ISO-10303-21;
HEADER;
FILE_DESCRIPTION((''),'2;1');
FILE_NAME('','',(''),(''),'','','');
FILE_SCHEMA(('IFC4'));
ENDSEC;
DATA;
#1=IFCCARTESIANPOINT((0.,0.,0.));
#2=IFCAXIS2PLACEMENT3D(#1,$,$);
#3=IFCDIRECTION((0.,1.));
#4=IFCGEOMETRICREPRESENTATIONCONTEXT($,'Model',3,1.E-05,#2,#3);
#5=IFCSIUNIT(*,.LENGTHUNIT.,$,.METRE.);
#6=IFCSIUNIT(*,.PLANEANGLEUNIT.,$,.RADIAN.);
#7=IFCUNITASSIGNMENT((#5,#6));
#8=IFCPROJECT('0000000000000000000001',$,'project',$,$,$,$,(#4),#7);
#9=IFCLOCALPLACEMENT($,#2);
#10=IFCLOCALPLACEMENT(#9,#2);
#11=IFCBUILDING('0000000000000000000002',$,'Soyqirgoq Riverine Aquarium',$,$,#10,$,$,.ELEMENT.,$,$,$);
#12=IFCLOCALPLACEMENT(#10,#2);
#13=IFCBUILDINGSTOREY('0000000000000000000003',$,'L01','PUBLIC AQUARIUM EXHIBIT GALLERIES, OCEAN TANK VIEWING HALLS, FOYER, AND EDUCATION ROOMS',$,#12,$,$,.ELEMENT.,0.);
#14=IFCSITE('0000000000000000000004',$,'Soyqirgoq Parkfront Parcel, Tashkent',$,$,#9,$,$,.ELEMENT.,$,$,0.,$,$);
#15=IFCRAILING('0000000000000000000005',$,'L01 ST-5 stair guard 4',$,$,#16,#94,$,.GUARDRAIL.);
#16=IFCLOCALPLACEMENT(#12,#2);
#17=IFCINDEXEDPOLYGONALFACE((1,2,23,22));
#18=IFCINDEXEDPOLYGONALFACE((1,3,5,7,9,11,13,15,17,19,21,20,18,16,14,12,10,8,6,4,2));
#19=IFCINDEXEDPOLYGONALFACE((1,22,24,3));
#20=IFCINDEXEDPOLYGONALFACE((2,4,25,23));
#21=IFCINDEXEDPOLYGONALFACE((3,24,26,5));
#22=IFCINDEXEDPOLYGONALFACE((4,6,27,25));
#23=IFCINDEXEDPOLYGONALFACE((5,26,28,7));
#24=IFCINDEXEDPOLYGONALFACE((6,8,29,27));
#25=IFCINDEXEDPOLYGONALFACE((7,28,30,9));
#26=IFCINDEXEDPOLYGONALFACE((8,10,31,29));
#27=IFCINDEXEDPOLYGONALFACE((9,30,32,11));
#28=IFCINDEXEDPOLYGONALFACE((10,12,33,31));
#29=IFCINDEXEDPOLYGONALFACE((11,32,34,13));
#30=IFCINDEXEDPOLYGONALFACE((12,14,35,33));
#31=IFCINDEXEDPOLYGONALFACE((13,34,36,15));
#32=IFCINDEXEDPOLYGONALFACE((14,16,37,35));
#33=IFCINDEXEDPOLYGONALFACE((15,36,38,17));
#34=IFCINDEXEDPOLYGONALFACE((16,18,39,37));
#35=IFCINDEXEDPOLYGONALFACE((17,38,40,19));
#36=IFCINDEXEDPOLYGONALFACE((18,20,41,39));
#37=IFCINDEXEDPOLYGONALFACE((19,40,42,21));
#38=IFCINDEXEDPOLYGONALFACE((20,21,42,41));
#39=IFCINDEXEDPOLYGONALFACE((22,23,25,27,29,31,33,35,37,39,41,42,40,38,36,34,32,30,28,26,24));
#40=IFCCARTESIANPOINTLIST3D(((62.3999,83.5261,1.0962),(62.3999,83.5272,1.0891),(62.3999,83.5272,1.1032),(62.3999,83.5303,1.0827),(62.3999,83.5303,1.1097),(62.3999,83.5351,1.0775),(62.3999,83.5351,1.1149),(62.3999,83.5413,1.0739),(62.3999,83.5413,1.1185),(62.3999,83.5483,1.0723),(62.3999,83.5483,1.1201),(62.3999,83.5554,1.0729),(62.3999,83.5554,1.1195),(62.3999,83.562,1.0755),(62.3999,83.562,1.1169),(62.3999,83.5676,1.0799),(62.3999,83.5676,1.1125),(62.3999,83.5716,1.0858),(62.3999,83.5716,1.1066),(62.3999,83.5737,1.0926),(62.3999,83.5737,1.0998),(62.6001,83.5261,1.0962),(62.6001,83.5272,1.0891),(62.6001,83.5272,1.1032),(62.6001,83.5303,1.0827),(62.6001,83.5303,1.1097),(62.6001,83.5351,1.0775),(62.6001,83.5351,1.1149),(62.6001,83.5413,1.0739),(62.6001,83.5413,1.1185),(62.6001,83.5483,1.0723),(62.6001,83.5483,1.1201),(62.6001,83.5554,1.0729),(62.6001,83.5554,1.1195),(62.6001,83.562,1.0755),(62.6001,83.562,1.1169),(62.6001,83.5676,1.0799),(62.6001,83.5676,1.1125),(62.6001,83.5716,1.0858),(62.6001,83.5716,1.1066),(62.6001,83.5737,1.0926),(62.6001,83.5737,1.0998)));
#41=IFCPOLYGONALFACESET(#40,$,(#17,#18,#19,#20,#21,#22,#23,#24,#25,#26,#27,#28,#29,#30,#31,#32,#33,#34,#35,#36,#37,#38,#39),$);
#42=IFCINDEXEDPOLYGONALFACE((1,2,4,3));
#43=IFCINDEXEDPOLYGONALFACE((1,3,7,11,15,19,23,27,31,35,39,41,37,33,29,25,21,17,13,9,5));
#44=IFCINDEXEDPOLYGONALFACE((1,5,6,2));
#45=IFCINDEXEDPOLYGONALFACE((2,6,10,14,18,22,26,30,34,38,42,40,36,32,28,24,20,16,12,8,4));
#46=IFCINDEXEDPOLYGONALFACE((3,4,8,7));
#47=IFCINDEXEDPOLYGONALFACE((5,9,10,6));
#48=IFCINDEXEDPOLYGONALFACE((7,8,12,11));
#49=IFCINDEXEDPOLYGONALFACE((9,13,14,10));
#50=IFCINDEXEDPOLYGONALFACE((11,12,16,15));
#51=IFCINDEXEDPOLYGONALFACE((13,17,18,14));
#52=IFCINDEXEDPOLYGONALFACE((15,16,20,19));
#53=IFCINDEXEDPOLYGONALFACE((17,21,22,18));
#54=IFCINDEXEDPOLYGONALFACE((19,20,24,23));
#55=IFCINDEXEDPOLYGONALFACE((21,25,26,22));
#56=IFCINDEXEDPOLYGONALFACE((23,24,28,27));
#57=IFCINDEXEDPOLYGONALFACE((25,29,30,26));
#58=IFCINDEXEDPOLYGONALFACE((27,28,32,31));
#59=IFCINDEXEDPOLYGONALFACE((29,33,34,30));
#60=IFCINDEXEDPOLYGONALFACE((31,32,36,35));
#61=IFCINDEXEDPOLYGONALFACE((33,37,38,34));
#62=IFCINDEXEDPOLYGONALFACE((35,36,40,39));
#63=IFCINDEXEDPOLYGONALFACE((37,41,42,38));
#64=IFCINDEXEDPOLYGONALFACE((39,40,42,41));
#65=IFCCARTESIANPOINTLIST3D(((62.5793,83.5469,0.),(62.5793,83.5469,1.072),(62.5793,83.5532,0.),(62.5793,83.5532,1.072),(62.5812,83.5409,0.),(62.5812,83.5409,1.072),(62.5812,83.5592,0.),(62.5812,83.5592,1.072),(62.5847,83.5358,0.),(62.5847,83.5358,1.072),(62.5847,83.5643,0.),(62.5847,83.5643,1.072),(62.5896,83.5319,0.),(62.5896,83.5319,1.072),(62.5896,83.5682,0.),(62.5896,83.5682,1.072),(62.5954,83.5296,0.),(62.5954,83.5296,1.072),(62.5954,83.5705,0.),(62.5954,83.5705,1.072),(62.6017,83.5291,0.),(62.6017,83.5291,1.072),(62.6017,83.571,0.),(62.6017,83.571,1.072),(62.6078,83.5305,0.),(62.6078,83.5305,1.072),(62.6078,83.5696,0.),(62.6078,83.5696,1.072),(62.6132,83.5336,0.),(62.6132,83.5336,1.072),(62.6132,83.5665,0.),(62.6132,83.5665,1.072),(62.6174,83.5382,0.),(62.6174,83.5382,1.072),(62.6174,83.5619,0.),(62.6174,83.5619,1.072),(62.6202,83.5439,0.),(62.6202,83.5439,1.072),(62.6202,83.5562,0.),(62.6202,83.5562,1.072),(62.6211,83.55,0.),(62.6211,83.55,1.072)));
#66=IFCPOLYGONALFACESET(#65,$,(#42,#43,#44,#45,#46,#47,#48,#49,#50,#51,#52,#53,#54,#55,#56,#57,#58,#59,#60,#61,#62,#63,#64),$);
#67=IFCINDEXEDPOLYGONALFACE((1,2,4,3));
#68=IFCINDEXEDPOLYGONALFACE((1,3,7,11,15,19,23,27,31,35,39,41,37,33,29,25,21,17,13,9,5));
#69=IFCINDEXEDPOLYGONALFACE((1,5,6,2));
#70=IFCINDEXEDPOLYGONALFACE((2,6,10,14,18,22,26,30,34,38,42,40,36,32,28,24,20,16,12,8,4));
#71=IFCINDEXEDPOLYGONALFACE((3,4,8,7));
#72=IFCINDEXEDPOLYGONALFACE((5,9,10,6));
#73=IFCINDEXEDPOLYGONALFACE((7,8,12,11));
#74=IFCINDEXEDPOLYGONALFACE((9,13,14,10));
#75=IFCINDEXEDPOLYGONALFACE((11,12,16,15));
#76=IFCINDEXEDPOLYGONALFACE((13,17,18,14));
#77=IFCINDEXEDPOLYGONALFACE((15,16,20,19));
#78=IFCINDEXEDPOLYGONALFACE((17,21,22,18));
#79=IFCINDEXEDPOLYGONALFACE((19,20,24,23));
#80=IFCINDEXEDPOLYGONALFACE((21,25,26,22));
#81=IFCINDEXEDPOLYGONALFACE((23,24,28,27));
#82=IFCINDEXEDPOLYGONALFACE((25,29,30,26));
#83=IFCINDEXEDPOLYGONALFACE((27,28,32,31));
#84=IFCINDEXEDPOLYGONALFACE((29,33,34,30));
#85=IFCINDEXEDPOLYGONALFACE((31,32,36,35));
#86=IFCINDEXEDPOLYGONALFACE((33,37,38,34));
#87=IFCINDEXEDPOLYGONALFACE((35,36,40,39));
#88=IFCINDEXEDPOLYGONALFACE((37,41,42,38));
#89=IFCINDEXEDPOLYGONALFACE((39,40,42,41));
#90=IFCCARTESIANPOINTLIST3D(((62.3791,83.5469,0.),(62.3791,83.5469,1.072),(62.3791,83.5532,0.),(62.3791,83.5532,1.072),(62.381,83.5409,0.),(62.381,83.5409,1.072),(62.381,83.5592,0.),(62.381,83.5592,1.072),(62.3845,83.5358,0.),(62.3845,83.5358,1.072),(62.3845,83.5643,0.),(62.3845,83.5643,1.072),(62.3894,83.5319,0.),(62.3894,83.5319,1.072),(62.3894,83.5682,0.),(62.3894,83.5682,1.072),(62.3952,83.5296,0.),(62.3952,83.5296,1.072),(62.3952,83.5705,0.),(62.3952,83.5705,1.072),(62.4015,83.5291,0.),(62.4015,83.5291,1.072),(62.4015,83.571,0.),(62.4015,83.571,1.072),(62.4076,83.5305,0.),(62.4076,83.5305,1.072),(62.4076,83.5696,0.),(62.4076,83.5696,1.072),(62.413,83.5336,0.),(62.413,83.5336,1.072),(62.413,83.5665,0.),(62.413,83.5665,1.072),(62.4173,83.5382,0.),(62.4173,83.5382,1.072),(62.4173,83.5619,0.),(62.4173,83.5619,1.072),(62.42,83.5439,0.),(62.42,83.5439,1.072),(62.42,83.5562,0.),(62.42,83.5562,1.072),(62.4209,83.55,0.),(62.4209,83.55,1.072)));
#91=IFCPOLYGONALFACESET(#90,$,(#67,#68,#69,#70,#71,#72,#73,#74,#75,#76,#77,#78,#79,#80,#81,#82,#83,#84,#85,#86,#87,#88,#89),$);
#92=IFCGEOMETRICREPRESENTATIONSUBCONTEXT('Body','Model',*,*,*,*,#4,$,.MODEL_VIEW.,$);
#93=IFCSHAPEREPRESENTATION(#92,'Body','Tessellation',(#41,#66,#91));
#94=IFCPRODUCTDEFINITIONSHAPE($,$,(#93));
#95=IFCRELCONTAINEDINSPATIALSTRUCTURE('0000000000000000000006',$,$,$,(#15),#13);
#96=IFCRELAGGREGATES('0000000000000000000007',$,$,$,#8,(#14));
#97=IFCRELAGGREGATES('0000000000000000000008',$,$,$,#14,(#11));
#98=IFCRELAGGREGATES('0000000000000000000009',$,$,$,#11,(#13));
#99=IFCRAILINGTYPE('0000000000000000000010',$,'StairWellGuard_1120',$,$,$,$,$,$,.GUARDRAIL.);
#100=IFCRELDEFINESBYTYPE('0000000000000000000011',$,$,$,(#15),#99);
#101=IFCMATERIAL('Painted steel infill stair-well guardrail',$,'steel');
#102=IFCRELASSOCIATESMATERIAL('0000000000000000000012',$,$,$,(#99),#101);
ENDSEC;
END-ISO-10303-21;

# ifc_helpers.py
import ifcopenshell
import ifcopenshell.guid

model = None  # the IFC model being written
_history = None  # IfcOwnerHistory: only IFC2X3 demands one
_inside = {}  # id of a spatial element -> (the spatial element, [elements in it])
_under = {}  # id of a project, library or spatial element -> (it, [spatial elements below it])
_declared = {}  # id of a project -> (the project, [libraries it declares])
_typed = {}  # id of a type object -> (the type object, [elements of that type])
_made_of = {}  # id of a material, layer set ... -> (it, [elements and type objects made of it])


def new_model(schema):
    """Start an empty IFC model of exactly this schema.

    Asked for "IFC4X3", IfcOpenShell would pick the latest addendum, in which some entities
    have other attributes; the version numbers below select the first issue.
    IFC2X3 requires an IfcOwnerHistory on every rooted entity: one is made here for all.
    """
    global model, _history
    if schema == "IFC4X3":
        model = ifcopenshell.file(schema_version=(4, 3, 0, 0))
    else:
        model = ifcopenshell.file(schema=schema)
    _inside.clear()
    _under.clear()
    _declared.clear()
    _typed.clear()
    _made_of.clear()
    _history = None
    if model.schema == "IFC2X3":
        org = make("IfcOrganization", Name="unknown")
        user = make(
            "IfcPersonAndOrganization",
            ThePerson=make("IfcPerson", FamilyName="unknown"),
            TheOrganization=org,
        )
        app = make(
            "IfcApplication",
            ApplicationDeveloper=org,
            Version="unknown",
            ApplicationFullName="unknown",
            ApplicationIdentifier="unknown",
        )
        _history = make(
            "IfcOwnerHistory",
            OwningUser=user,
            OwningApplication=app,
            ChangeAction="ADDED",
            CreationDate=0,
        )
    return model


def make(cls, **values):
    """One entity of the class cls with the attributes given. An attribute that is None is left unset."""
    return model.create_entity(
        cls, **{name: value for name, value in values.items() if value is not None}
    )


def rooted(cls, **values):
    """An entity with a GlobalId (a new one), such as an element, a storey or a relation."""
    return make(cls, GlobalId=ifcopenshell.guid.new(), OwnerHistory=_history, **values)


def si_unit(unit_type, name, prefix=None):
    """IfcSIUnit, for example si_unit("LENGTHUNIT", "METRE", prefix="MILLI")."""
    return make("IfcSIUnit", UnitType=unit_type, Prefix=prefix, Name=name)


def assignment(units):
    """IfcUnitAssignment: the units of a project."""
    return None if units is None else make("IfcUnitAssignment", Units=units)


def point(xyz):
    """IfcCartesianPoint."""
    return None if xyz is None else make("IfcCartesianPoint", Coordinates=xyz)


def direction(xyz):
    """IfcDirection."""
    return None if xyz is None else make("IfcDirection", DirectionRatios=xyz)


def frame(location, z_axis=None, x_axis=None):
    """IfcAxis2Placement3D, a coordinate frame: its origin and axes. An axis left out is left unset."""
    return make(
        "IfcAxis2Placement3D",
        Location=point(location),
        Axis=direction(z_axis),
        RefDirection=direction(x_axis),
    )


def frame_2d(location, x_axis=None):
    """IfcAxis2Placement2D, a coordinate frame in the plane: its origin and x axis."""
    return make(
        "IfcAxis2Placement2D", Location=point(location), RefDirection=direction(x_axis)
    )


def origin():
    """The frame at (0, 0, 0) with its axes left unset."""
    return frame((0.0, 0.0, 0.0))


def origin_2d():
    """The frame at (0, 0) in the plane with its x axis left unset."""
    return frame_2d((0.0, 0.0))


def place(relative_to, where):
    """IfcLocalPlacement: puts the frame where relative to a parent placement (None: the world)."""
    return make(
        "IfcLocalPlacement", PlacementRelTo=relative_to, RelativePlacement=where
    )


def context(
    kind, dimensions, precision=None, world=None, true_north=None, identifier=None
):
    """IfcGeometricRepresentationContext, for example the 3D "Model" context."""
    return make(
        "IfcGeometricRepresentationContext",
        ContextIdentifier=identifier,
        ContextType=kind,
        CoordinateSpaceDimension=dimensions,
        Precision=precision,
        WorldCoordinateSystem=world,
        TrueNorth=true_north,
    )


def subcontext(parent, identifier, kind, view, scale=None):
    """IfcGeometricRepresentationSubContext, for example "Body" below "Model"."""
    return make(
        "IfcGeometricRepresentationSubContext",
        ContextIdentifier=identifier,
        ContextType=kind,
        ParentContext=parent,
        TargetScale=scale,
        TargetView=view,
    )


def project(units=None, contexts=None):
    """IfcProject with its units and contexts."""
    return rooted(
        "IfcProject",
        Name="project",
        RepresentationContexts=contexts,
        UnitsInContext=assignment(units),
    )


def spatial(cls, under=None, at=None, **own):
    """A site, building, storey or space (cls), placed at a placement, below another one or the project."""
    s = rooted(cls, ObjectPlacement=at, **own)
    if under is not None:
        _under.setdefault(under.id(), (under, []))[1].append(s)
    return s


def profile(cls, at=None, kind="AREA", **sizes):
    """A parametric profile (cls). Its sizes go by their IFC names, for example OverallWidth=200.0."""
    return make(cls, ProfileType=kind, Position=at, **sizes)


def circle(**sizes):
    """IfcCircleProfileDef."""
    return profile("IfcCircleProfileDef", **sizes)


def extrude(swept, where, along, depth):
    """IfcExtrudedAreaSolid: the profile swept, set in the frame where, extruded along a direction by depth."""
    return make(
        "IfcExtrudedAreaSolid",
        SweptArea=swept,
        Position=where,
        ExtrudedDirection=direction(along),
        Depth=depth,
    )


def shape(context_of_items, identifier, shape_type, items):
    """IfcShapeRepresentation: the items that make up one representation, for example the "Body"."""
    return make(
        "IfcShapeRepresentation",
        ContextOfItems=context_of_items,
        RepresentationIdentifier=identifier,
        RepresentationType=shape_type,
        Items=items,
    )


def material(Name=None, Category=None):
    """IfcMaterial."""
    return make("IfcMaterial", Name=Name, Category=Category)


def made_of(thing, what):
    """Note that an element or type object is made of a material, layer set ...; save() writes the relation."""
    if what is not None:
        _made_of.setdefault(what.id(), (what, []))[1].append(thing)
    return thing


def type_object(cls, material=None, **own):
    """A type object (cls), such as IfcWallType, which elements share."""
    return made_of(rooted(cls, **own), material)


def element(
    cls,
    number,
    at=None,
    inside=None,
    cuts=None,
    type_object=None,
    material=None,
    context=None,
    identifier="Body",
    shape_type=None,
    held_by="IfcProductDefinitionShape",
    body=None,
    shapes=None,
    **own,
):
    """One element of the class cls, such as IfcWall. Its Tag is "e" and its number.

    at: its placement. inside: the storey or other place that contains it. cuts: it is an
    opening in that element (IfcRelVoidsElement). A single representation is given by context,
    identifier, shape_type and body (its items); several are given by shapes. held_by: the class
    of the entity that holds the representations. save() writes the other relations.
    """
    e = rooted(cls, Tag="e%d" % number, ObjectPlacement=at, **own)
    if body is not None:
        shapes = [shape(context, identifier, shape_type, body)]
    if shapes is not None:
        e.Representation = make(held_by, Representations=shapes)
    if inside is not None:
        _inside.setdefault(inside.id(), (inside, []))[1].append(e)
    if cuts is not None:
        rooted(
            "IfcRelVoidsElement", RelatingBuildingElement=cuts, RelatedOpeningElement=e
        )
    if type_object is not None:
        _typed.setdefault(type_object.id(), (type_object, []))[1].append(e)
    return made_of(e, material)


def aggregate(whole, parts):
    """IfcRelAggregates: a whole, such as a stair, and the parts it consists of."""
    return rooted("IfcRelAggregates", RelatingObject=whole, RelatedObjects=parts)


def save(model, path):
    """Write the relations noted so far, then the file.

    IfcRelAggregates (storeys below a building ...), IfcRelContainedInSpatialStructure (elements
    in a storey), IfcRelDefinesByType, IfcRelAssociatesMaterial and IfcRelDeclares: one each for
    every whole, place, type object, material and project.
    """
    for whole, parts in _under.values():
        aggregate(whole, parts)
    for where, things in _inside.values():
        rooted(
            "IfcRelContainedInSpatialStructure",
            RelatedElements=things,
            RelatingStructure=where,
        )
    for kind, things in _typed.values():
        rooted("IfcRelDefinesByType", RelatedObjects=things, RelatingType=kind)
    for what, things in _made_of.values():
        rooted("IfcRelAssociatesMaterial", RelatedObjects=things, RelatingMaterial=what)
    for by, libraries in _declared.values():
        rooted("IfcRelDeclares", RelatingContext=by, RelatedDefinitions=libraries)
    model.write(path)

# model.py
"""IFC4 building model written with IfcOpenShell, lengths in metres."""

from ifc_helpers import new_model, si_unit, direction, frame, origin, origin_2d, place, context, subcontext, project, spatial, circle, extrude, material, type_object, element, save


model = new_model("IFC4")

# Units and contexts
model_context = context("Model", 3, precision=1e-05, world=origin(), true_north=direction((0.0, 1.0)))
body_context = subcontext(model_context, "Body", "Model", "MODEL_VIEW")
ifc_project = project(units=[si_unit("LENGTHUNIT", "METRE"), si_unit("PLANEANGLEUNIT", "RADIAN")], contexts=[model_context])

# Site, building, storey
site_placement = place(None, origin())
site = spatial("IfcSite", under=ifc_project, at=site_placement, Name="Soyqirgoq Parkfront Parcel, Tashkent", CompositionType="ELEMENT", RefElevation=0.0)
building_placement = place(site_placement, origin())
building = spatial("IfcBuilding", under=site, at=building_placement, Name="Soyqirgoq Riverine Aquarium", CompositionType="ELEMENT")
storey_placement = place(building_placement, origin())
storey = spatial("IfcBuildingStorey", under=building, at=storey_placement, Name="L01", Description="PUBLIC AQUARIUM EXHIBIT GALLERIES, OCEAN TANK VIEWING HALLS, FOYER, AND EDUCATION ROOMS", CompositionType="ELEMENT", Elevation=0.0)

# Railing
ifc_material_1 = material(Name="Painted steel infill stair-well guardrail", Category="steel")
railing_type_1 = type_object("IfcRailingType", Name="StairWellGuard_1120", PredefinedType="GUARDRAIL", material=ifc_material_1)
railing_1_placement = place(storey_placement, frame((62.6001, 83.55, 0.0)))
element("IfcRailing", 1, at=railing_1_placement, inside=storey, type_object=railing_type_1, Name="L01 ST-5 stair guard 4", PredefinedType="GUARDRAIL", context=body_context, shape_type="SweptSolid", body=[
    extrude(circle(Radius=0.0239, at=origin_2d()), frame((0.0, 0.0, 1.0962), z_axis=(-1.0, 0.0, 0.0), x_axis=(0.0, -1.0, 0.0)), (0.0, 0.0, 1.0), 0.2002),
    extrude(circle(Radius=0.021, at=origin_2d()), origin(), (0.0, 0.0, 1.0), 1.072),
    extrude(circle(Radius=0.021, at=origin_2d()), frame((-0.2002, 0.0, 0.0)), (0.0, 0.0, 1.0), 1.072),
])

save(model, "model.ifc")
